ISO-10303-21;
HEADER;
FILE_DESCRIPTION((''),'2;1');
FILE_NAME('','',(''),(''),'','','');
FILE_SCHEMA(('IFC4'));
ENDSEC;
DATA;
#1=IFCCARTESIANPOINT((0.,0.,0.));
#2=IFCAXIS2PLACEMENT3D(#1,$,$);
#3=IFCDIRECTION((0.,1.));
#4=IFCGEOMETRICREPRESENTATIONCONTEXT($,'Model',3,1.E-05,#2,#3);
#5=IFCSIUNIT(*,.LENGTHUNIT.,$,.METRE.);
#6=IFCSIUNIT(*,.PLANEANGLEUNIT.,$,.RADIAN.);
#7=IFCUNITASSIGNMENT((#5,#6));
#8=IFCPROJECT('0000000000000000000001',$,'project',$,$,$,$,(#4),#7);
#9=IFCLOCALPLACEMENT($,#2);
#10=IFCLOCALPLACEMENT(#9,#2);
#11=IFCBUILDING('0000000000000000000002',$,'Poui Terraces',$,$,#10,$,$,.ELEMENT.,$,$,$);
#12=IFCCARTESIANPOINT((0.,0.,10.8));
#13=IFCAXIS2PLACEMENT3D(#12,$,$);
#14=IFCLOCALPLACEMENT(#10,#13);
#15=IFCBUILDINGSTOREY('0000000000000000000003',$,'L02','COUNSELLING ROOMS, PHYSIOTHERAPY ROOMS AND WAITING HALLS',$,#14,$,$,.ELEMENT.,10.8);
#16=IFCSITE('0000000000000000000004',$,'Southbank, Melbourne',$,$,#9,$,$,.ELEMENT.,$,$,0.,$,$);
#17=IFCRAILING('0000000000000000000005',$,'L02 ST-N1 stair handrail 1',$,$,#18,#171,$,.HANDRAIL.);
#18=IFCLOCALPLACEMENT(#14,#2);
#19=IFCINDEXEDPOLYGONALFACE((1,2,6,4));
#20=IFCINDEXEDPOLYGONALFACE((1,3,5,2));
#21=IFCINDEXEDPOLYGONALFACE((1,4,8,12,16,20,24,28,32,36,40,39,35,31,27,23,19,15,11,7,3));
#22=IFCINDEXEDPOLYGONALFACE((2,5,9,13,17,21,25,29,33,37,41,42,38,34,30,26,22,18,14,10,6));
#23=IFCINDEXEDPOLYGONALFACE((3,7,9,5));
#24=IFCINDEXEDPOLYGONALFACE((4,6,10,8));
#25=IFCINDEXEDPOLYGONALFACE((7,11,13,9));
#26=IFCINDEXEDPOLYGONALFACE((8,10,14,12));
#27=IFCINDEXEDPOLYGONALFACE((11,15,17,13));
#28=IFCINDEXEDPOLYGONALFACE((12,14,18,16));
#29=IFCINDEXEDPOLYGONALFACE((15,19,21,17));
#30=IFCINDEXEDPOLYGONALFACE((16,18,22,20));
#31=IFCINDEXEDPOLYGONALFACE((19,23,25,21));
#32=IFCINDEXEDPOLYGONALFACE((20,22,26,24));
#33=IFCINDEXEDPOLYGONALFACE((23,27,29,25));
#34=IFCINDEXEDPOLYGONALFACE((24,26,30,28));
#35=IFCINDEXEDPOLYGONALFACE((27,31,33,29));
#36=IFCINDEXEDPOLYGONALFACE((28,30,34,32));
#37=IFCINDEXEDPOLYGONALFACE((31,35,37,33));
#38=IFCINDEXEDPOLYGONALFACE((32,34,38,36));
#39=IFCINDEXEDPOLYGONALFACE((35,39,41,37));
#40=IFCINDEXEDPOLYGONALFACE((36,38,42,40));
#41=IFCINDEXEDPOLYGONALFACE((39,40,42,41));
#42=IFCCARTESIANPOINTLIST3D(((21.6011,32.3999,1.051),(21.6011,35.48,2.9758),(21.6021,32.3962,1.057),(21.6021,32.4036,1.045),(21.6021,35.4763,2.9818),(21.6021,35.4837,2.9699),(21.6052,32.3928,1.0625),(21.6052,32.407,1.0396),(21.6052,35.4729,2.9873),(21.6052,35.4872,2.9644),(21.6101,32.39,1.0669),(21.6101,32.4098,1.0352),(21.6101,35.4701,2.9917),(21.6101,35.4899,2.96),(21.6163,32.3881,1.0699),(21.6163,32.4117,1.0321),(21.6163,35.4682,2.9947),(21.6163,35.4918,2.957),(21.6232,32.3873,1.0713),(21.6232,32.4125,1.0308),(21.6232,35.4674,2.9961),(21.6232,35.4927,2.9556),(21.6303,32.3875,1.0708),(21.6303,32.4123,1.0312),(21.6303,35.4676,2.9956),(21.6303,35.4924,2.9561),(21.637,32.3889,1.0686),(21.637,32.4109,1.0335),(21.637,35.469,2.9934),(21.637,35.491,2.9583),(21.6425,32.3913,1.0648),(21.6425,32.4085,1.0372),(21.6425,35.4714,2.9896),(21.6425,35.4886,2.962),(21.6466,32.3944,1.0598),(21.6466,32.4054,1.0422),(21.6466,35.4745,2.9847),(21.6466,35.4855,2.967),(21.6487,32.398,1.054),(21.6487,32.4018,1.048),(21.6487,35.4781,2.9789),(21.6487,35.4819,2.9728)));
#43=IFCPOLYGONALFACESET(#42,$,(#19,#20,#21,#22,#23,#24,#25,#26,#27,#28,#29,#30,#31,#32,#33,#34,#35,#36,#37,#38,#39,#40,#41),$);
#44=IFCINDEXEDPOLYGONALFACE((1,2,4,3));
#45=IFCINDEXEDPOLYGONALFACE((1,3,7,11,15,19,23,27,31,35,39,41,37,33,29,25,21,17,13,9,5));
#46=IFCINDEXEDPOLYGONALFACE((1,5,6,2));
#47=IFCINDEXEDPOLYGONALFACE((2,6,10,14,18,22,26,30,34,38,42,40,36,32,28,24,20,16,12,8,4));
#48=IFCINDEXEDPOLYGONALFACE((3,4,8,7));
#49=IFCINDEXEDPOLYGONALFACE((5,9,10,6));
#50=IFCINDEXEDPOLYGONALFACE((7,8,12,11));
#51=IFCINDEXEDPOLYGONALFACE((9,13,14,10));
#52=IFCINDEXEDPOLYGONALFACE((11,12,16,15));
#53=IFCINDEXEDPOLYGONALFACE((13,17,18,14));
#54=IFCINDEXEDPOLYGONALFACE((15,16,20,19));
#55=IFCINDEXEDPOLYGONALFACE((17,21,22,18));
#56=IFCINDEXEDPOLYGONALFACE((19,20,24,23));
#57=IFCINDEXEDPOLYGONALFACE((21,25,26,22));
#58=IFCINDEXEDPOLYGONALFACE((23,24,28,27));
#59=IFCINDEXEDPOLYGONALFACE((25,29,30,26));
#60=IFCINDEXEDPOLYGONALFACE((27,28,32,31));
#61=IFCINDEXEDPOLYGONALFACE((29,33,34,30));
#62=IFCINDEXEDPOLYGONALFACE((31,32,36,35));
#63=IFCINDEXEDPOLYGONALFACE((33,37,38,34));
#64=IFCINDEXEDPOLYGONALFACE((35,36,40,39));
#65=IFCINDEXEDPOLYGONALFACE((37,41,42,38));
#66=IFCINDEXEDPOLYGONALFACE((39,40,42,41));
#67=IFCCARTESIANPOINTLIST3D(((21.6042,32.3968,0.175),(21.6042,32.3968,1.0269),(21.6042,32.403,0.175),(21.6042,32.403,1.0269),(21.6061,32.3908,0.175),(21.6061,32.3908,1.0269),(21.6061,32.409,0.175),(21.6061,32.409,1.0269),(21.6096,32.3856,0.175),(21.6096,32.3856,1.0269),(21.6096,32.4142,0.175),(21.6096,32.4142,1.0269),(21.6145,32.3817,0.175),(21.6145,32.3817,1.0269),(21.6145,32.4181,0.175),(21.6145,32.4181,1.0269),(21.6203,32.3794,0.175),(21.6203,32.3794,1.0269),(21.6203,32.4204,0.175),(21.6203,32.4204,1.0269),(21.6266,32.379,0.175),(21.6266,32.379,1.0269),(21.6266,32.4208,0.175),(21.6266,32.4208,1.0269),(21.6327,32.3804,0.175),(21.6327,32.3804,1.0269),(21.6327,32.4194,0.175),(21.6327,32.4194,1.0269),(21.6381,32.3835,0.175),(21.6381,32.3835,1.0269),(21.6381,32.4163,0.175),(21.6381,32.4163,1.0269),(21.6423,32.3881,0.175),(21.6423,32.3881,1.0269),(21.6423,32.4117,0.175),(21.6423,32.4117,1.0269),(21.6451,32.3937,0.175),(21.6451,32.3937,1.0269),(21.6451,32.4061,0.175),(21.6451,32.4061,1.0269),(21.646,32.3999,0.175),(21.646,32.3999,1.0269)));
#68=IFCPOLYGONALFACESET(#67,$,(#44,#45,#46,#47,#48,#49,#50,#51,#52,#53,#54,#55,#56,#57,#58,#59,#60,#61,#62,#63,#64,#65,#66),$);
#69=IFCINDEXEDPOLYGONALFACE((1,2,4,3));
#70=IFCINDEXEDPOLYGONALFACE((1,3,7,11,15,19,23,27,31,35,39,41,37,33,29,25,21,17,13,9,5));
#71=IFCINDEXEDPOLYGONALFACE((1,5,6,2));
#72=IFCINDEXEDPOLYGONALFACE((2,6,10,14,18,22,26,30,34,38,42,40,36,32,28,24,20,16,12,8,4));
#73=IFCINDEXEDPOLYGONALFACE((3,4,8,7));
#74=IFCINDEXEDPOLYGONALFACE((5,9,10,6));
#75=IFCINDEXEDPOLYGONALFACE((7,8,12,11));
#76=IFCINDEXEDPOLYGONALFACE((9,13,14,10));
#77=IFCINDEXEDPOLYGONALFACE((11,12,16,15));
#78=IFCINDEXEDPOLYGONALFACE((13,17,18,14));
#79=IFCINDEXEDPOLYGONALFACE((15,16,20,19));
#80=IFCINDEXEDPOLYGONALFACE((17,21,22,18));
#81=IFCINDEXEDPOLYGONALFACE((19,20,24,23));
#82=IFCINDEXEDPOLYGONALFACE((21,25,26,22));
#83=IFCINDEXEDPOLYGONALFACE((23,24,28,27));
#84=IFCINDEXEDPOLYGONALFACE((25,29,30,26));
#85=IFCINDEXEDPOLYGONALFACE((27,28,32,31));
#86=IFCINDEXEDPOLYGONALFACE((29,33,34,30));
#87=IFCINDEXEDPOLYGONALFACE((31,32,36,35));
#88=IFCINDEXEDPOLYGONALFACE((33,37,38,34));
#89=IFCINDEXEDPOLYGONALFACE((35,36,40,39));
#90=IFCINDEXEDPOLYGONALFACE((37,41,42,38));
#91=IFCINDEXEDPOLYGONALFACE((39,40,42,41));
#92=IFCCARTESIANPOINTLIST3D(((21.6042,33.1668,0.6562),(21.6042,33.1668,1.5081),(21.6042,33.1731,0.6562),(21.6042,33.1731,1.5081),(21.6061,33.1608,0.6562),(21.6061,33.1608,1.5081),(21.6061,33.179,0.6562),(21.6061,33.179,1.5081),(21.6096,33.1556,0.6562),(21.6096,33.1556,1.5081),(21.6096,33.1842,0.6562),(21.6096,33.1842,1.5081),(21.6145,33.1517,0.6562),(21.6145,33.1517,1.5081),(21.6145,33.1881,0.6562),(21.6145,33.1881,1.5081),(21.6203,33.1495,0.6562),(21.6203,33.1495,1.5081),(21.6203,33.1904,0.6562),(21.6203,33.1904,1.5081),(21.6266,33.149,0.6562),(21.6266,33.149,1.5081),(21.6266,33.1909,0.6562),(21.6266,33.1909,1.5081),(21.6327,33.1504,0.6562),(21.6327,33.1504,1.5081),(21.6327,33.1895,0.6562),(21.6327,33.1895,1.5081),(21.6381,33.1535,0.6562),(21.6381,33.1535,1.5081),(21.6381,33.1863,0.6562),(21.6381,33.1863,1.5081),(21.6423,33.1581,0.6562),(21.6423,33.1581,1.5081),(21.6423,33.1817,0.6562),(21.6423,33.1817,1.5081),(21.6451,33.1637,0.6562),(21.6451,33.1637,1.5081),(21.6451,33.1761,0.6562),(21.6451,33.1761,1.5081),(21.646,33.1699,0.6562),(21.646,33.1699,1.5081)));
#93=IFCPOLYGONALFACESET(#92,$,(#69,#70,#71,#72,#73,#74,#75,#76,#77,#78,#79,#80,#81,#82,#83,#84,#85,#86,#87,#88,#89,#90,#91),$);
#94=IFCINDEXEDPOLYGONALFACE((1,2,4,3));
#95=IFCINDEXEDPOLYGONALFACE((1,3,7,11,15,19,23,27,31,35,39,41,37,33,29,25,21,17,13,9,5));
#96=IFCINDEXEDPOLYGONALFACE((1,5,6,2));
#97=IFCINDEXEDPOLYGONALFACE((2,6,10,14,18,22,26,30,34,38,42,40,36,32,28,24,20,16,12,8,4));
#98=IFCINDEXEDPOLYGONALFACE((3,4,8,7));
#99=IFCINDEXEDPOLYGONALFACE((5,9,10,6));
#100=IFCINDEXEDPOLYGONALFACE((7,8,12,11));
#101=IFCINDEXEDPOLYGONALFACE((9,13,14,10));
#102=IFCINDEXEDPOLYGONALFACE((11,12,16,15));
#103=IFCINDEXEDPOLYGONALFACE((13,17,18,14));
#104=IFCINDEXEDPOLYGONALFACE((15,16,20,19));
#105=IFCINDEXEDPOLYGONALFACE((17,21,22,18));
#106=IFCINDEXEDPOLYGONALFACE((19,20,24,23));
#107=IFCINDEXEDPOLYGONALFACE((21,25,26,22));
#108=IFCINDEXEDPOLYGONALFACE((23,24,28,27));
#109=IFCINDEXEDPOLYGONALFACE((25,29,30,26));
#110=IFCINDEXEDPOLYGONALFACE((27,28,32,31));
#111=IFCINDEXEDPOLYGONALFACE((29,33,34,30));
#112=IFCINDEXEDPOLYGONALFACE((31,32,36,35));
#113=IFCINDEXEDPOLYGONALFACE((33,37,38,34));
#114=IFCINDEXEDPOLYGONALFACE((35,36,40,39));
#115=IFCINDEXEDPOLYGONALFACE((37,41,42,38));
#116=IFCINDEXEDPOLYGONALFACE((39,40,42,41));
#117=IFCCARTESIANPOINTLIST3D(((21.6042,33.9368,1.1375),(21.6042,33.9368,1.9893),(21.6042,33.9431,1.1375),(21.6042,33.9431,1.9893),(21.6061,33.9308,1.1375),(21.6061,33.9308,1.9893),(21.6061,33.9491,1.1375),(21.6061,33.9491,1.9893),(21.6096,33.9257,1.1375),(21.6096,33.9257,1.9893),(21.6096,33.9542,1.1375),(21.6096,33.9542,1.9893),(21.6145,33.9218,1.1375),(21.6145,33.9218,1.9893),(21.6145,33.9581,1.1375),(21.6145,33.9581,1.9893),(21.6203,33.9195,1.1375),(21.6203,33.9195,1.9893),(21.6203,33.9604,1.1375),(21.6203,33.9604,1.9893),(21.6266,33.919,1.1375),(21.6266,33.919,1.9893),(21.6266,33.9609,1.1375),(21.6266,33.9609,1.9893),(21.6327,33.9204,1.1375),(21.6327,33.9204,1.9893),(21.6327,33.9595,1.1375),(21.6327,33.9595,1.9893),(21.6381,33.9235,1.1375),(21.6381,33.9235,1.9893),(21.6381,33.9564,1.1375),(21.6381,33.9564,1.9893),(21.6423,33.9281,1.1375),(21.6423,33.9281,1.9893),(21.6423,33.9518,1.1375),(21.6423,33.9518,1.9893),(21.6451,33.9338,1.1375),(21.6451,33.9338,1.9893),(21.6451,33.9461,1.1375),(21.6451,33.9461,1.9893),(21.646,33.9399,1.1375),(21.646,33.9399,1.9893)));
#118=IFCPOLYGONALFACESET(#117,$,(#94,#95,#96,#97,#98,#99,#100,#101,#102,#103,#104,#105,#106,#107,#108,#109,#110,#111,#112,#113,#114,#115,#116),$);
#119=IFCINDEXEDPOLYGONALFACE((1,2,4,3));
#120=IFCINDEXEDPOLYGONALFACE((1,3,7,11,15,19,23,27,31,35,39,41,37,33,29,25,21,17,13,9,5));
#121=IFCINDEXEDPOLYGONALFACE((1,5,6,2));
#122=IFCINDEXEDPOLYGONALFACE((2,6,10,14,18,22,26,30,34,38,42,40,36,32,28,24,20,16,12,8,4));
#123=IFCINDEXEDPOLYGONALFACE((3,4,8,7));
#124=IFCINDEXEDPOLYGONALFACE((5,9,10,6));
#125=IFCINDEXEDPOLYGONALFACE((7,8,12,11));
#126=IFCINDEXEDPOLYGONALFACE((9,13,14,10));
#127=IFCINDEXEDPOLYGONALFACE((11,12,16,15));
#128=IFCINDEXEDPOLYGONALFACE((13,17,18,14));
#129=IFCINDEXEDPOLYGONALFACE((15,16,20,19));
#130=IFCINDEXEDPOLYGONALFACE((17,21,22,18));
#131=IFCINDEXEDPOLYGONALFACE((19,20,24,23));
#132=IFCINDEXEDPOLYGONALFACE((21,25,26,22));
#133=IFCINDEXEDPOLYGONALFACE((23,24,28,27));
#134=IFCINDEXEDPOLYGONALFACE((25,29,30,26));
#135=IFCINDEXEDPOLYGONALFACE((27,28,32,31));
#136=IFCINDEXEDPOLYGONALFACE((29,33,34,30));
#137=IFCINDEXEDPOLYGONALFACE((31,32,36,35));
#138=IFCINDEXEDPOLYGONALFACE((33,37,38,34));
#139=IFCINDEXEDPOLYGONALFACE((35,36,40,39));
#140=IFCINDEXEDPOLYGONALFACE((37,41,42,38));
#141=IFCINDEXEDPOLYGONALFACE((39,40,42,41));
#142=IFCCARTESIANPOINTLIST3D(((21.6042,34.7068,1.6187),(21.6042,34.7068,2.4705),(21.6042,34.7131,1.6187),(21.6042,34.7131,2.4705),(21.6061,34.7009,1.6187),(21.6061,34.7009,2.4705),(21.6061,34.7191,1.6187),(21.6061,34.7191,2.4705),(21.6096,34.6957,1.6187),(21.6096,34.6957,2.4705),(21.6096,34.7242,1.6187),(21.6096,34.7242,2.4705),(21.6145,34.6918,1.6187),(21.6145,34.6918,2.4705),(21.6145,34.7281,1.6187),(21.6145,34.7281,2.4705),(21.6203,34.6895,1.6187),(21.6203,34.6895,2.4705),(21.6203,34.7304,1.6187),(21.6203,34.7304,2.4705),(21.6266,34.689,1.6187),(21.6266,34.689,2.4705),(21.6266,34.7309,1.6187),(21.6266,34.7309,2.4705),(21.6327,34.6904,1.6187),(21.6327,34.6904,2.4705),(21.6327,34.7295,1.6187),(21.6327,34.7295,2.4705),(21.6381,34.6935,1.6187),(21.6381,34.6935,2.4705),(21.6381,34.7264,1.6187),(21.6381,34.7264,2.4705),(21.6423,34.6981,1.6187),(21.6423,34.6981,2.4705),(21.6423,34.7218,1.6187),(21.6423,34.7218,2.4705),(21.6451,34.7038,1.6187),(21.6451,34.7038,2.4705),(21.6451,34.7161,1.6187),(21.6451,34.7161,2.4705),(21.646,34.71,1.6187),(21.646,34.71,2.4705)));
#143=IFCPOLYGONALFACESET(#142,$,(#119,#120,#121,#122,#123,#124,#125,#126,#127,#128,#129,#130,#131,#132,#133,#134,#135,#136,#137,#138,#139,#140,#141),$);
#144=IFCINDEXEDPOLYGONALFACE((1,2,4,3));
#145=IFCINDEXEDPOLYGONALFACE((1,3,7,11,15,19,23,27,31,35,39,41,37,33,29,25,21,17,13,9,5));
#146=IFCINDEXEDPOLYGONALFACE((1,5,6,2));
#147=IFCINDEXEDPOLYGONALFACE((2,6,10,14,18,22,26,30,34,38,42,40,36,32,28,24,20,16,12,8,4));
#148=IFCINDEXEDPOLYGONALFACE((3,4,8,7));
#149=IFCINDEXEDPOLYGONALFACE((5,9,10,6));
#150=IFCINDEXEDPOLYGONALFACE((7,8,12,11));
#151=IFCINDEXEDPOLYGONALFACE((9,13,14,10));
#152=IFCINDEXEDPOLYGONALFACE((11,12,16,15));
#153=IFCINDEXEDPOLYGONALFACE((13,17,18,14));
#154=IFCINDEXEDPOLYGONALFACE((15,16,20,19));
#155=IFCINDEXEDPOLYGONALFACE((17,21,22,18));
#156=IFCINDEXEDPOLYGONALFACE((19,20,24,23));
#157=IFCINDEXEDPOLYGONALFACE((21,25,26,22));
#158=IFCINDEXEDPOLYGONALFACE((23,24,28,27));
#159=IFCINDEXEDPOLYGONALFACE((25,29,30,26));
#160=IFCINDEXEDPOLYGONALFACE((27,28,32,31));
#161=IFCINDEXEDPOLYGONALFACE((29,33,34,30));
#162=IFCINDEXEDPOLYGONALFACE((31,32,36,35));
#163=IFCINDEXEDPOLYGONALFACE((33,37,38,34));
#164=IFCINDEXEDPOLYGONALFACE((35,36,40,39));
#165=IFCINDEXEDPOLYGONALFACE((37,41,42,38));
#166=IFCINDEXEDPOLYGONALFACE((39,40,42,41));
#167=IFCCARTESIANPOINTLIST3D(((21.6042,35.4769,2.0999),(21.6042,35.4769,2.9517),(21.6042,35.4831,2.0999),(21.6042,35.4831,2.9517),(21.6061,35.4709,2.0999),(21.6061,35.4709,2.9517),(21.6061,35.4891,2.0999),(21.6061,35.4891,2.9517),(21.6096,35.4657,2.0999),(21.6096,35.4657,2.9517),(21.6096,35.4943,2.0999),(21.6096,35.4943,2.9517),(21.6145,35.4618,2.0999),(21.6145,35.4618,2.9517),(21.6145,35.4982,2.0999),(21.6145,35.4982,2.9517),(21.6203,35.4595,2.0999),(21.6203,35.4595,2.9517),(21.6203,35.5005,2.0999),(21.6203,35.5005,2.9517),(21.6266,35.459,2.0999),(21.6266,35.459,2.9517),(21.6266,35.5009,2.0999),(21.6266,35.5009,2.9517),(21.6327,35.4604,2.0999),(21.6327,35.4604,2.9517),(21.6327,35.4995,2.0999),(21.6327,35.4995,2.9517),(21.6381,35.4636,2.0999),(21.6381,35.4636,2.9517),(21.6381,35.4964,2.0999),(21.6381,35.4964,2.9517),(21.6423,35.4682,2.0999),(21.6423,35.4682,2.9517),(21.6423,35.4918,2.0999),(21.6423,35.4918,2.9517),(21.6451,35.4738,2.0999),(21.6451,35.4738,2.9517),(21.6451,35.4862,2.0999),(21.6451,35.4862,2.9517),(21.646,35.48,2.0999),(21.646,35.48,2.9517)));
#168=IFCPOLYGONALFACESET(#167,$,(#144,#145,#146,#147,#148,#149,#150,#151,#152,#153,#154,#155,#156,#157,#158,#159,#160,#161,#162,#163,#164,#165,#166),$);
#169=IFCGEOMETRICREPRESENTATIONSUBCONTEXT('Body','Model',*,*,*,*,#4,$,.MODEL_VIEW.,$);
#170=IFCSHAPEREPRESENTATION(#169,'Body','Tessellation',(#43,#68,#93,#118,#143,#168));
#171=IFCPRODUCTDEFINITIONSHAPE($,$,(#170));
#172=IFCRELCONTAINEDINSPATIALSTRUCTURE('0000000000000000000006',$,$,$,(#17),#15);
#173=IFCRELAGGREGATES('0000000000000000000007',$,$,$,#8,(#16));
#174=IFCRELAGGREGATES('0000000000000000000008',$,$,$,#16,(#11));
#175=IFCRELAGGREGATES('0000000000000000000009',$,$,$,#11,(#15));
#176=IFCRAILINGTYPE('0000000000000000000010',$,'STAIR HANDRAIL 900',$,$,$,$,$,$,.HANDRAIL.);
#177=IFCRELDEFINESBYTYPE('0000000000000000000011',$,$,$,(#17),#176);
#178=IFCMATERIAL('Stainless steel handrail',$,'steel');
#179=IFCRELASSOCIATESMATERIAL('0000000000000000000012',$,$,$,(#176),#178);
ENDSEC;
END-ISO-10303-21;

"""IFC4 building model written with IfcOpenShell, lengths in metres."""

from ifc_helpers import new_model, si_unit, direction, frame, origin, origin_2d, place, context, subcontext, project, spatial, circle, extrude, material, type_object, element, save


model = new_model("IFC4")

# Units and contexts
model_context = context("Model", 3, precision=1e-05, world=origin(), true_north=direction((0.0, 1.0)))
body_context = subcontext(model_context, "Body", "Model", "MODEL_VIEW")
ifc_project = project(units=[si_unit("LENGTHUNIT", "METRE"), si_unit("PLANEANGLEUNIT", "RADIAN")], contexts=[model_context])

# Site, building, storey
site_placement = place(None, origin())
site = spatial("IfcSite", under=ifc_project, at=site_placement, Name="Southbank, Melbourne", CompositionType="ELEMENT", RefElevation=0.0)
building_placement = place(site_placement, origin())
building = spatial("IfcBuilding", under=site, at=building_placement, Name="Poui Terraces", CompositionType="ELEMENT")
storey_placement = place(building_placement, frame((0.0, 0.0, 10.8)))
storey = spatial("IfcBuildingStorey", under=building, at=storey_placement, Name="L02", Description="COUNSELLING ROOMS, PHYSIOTHERAPY ROOMS AND WAITING HALLS", CompositionType="ELEMENT", Elevation=10.8)

# Railing
ifc_material_1 = material(Name="Stainless steel handrail", Category="steel")
railing_type_1 = type_object("IfcRailingType", Name="STAIR HANDRAIL 900", PredefinedType="HANDRAIL", material=ifc_material_1)
railing_1_placement = place(storey_placement, frame((21.625, 32.3999, 0.175)))
element("IfcRailing", 1, at=railing_1_placement, inside=storey, type_object=railing_type_1, Name="L02 ST-N1 stair handrail 1", PredefinedType="HANDRAIL", context=body_context, shape_type="SweptSolid", body=[
    extrude(circle(Radius=0.0239, at=origin_2d()), frame((0.0, 0.0, 0.876), z_axis=(0.0, 0.848029, 0.529951), x_axis=(-1.0, 0.0, 0.0)), (0.0, 0.0, 1.0), 3.6321),
    extrude(circle(Radius=0.021, at=origin_2d()), origin(), (0.0, 0.0, 1.0), 0.8518),
    extrude(circle(Radius=0.021, at=origin_2d()), frame((0.0, 0.77, 0.4812)), (0.0, 0.0, 1.0), 0.8518),
    extrude(circle(Radius=0.021, at=origin_2d()), frame((0.0, 1.54, 0.9624)), (0.0, 0.0, 1.0), 0.8518),
    extrude(circle(Radius=0.021, at=origin_2d()), frame((0.0, 2.3101, 1.4436)), (0.0, 0.0, 1.0), 0.8518),
    extrude(circle(Radius=0.021, at=origin_2d()), frame((0.0, 3.0801, 1.9248)), (0.0, 0.0, 1.0), 0.8518),
])

save(model, "model.ifc")
